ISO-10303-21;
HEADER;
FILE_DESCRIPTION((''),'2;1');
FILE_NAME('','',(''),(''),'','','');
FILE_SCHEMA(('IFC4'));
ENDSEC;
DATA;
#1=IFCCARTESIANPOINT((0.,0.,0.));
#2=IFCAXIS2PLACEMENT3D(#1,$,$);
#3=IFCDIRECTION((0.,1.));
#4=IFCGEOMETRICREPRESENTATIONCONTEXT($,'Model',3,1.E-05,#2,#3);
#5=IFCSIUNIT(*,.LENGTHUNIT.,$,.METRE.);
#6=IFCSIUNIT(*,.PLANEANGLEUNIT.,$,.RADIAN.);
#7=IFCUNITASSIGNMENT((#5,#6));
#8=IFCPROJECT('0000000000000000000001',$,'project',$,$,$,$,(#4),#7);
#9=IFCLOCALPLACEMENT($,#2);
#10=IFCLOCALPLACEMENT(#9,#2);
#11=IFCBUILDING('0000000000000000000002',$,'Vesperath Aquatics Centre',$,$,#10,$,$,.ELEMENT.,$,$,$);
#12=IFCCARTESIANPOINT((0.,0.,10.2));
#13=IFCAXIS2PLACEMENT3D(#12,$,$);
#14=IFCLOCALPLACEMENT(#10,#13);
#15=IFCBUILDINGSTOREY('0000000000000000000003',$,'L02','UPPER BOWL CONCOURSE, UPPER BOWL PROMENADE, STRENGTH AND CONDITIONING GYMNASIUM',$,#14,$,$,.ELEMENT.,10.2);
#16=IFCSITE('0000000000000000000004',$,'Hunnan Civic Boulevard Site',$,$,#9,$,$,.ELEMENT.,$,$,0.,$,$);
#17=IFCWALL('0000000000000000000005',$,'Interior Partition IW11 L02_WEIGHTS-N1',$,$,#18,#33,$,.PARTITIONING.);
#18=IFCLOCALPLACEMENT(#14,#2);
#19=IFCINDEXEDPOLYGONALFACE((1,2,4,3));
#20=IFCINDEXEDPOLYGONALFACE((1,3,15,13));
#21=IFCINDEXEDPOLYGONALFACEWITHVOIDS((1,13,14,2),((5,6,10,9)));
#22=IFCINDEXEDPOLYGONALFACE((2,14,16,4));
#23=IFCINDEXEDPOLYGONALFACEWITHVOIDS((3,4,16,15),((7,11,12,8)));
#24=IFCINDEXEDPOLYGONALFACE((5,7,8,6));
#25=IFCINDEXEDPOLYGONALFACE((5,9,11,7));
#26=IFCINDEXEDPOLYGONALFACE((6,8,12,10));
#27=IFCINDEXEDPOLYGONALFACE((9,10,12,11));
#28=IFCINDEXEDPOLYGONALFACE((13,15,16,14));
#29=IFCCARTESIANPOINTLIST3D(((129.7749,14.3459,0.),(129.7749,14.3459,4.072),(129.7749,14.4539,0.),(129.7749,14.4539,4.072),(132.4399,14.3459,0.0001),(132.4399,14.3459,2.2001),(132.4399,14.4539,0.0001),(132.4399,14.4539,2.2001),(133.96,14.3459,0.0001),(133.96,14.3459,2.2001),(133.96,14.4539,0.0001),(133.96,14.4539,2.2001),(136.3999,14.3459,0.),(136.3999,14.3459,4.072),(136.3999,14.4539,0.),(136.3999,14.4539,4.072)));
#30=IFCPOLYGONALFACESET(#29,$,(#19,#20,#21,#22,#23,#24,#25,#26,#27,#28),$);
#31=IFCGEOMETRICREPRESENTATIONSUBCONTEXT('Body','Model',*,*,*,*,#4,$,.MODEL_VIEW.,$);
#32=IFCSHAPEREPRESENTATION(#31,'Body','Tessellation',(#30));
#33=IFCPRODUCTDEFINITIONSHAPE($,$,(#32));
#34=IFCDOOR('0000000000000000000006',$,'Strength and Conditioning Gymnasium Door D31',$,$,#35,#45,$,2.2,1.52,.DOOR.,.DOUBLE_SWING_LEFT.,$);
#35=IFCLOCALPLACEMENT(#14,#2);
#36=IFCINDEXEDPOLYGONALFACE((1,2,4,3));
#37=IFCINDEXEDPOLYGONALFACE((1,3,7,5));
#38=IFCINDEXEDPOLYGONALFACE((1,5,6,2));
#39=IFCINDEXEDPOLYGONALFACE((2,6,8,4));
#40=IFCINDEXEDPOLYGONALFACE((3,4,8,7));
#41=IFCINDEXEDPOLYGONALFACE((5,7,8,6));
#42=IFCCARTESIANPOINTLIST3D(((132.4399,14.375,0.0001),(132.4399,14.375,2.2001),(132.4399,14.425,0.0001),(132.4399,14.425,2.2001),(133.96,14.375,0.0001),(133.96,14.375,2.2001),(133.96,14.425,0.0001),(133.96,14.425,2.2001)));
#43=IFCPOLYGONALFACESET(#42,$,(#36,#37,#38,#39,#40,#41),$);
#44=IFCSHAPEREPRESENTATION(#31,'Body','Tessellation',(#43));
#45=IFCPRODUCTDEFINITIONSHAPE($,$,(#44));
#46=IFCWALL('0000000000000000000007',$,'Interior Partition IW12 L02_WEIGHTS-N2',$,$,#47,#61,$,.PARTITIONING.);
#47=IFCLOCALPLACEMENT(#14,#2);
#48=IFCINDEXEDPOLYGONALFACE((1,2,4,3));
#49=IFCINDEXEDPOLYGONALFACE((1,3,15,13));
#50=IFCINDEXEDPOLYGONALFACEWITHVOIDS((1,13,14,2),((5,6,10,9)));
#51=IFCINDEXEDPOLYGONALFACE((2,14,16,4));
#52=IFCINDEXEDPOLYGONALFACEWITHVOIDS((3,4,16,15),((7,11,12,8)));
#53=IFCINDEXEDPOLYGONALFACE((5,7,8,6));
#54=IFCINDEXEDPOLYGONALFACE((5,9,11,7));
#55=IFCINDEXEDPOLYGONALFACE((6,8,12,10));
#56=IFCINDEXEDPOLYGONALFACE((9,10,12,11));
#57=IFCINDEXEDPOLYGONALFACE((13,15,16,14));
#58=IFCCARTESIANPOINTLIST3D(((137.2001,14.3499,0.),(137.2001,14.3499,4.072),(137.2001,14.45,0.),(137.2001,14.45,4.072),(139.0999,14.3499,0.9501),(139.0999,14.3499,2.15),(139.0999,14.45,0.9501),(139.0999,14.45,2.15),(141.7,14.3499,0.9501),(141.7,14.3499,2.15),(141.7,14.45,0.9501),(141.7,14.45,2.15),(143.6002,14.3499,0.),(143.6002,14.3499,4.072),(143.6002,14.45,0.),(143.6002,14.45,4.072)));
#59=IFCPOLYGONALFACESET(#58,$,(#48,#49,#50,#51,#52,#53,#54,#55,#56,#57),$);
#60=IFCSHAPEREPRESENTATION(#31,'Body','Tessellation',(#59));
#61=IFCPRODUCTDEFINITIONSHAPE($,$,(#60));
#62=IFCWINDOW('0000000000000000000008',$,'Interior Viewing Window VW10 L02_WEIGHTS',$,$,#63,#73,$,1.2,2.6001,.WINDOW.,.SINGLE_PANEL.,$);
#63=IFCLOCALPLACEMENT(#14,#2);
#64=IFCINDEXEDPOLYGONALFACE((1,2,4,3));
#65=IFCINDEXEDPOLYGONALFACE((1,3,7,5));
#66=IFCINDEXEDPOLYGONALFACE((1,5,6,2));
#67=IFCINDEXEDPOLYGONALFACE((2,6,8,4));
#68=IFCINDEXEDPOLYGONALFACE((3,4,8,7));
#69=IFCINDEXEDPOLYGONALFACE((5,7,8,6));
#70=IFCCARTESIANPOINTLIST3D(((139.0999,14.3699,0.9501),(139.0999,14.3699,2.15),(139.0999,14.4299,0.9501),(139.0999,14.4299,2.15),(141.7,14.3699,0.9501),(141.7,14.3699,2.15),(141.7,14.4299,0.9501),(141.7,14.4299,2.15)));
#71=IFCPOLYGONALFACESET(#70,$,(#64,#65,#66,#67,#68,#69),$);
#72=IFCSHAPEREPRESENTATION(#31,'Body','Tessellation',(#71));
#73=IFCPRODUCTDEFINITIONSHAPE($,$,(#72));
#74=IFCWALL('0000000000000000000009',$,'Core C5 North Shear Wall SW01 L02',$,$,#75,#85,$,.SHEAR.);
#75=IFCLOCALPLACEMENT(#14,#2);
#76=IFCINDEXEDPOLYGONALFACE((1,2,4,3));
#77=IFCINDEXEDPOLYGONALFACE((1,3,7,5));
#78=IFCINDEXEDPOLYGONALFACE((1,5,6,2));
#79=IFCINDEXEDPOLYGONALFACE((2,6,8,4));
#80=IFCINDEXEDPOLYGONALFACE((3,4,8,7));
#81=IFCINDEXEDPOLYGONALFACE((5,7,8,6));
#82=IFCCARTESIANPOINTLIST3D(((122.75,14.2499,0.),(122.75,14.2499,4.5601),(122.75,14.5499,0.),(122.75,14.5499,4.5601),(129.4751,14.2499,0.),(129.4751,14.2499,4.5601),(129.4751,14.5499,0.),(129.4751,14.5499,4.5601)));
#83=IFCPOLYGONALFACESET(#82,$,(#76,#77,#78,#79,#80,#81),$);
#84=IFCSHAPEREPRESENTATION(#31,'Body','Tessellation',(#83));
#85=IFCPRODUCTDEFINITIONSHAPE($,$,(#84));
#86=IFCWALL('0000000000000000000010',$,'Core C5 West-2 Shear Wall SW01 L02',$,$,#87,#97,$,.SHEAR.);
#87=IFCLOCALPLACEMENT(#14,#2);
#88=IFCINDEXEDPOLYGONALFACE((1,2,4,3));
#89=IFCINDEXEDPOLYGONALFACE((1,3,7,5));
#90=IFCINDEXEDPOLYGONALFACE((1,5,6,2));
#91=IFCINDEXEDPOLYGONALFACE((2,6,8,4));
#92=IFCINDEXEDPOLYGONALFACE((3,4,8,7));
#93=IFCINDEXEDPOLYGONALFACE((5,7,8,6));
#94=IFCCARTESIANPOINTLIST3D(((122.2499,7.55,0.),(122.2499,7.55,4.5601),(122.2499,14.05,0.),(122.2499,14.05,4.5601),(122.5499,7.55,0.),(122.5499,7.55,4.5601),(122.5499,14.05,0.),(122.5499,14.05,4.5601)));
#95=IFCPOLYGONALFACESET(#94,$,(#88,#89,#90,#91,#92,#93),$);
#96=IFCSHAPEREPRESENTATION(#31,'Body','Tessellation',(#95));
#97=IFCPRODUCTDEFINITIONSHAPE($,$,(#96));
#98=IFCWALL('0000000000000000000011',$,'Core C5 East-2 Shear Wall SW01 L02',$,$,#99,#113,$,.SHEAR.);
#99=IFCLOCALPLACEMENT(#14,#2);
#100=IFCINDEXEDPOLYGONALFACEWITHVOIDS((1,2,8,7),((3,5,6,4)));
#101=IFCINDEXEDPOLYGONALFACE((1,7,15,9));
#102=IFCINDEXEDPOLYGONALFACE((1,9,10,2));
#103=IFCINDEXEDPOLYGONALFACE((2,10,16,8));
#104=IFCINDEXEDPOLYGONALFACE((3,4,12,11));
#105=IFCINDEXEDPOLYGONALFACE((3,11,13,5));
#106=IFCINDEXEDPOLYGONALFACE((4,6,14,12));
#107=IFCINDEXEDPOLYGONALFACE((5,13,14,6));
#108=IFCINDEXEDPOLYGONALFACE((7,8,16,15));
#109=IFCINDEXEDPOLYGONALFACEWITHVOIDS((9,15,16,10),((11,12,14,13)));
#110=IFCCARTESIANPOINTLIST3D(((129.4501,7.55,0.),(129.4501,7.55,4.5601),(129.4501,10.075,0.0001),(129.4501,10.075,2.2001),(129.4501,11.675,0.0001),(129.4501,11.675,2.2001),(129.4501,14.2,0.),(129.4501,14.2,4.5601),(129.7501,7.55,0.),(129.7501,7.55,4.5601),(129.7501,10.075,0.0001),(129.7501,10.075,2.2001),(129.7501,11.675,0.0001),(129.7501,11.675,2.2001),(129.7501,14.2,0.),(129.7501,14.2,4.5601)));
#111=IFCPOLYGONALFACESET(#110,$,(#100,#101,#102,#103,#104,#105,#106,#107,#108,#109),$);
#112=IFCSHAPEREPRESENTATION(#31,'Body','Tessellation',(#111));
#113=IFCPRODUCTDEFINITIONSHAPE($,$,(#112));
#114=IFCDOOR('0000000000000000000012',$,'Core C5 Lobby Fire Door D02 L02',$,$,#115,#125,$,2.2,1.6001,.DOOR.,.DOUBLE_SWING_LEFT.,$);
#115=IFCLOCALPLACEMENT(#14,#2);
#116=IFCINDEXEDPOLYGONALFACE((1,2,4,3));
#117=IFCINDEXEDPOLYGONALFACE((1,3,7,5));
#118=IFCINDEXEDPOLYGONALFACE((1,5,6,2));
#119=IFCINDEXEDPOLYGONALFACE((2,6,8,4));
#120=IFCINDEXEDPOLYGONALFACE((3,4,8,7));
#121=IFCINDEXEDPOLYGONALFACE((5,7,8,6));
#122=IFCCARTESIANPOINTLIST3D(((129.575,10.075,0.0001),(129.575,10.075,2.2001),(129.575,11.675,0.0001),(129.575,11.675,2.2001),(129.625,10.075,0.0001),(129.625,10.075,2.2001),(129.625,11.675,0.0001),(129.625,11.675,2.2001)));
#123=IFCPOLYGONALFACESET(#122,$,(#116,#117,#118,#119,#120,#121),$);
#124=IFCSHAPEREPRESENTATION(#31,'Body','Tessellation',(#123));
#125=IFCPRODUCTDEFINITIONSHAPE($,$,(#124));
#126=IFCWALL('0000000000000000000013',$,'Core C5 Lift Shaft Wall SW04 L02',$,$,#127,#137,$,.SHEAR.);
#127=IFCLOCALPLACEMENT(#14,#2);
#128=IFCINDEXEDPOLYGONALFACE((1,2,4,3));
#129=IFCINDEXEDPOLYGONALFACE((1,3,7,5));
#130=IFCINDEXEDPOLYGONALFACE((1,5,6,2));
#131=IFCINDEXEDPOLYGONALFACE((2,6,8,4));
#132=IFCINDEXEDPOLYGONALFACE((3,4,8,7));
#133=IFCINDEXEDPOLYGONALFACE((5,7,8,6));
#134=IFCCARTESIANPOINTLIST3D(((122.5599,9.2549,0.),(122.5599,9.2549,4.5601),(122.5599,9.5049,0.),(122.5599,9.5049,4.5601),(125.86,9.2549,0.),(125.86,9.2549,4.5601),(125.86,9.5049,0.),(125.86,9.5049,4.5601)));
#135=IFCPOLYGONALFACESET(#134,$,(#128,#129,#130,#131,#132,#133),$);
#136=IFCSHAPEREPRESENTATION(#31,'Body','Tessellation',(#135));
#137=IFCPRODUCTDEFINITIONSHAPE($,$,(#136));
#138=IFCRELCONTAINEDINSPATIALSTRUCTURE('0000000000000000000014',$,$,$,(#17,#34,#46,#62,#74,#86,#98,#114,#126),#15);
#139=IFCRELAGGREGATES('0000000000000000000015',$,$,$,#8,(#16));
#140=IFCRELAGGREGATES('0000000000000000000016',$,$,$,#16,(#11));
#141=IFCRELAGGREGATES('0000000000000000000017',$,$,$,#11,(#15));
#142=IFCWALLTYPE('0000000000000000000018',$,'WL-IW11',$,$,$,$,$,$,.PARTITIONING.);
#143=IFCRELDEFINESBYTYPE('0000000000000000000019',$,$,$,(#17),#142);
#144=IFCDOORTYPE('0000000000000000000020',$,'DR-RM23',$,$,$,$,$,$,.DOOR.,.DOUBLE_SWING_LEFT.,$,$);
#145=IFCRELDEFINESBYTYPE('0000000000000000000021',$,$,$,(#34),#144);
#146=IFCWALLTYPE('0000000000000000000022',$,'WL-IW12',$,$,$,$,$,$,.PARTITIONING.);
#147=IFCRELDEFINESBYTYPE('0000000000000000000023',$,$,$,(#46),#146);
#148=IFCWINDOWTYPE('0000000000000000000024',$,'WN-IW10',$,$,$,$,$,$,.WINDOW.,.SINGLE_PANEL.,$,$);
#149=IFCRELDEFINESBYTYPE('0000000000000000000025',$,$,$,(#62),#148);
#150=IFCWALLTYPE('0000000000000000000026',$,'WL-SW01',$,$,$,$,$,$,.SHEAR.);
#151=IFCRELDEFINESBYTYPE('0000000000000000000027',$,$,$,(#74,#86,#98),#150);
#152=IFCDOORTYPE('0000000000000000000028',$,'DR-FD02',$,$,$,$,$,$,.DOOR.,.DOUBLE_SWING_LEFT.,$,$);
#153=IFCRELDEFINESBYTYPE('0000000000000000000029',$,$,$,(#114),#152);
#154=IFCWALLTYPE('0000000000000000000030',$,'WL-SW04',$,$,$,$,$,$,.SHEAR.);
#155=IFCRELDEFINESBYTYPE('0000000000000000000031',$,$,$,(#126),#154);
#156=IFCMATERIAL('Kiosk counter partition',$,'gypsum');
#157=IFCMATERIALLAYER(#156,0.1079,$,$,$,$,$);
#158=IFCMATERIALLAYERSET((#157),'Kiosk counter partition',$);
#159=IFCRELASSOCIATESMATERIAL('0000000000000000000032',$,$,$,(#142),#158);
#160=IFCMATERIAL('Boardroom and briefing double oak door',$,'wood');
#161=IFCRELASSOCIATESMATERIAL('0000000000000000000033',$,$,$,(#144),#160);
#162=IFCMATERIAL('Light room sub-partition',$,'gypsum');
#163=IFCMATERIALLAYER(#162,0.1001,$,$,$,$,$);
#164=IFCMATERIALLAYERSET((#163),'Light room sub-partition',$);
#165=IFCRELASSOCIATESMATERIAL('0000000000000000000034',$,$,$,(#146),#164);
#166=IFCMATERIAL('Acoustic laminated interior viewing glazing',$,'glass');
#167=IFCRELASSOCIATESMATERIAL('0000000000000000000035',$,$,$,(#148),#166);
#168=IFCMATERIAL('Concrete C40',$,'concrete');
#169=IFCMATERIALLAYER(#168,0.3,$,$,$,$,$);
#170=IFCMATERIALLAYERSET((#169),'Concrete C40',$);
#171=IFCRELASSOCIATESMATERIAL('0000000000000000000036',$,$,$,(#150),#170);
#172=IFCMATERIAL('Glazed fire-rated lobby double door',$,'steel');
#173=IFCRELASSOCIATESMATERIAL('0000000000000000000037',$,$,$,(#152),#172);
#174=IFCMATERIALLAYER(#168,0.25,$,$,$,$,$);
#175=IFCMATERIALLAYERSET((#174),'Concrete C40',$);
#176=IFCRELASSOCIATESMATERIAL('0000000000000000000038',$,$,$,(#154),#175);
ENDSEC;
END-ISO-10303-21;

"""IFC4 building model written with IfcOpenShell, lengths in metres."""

from ifc_helpers import new_model, si_unit, direction, frame, frame_2d, origin, place, context, subcontext, project, spatial, rectangle, extrude, material, layer, layer_set, type_object, element, fill, save


model = new_model("IFC4")

# Units and contexts
model_context = context("Model", 3, precision=1e-05, world=origin(), true_north=direction((0.0, 1.0)))
body_context = subcontext(model_context, "Body", "Model", "MODEL_VIEW")
ifc_project = project(units=[si_unit("LENGTHUNIT", "METRE"), si_unit("PLANEANGLEUNIT", "RADIAN")], contexts=[model_context])

# Site, building, storey
site_placement = place(None, origin())
site = spatial("IfcSite", under=ifc_project, at=site_placement, Name="Hunnan Civic Boulevard Site", CompositionType="ELEMENT", RefElevation=0.0)
building_placement = place(site_placement, origin())
building = spatial("IfcBuilding", under=site, at=building_placement, Name="Vesperath Aquatics Centre", CompositionType="ELEMENT")
storey_placement = place(building_placement, frame((0.0, 0.0, 10.2)))
storey = spatial("IfcBuildingStorey", under=building, at=storey_placement, Name="L02", Description="UPPER BOWL CONCOURSE, UPPER BOWL PROMENADE, STRENGTH AND CONDITIONING GYMNASIUM", CompositionType="ELEMENT", Elevation=10.2)

# Shared definitions
ifc_material_1 = material(Name="Concrete C40", Category="concrete")

# Wall, opening, door
ifc_material_2 = material(Name="Kiosk counter partition", Category="gypsum")
ifc_layer_1 = layer(ifc_material_2, 0.1079)
ifc_layer_set_1 = layer_set([ifc_layer_1], Name="Kiosk counter partition")
wall_type_1 = type_object("IfcWallType", Name="WL-IW11", PredefinedType="PARTITIONING", material=ifc_layer_set_1)
wall_1_placement = place(storey_placement, frame((129.7749, 14.3999, 0.0), z_axis=(0.0, 0.0, 1.0), x_axis=(1.0, 0.0, 0.0)))
wall_1 = element("IfcWall", 1, at=wall_1_placement, inside=storey, type_object=wall_type_1, Name="Interior Partition IW11 L02_WEIGHTS-N1", PredefinedType="PARTITIONING", context=body_context, shape_type="SweptSolid", body=[
    extrude(rectangle(XDim=6.625, YDim=0.1079, at=frame_2d((3.3125, 0.0))), origin(), (0.0, 0.0, 1.0), 4.072),
])
opening_1_placement = place(wall_1_placement, frame((2.665, 0.0, 0.0)))
opening_1 = element("IfcOpeningElement", 2, at=opening_1_placement, cuts=wall_1, PredefinedType="OPENING", context=body_context, shape_type="SweptSolid", body=[
    extrude(rectangle(XDim=1.52, YDim=2.2, at=frame_2d((0.76, 1.1001))), frame((0.0, 0.0688, 0.0), z_axis=(0.0, -1.0, 0.0), x_axis=(1.0, 0.0, 0.0)), (0.0, 0.0, 1.0), 0.1377),
])
ifc_material_3 = material(Name="Boardroom and briefing double oak door", Category="wood")
door_type_1 = type_object("IfcDoorType", Name="DR-RM23", OperationType="DOUBLE_SWING_LEFT", PredefinedType="DOOR", material=ifc_material_3)
door_1_placement = place(opening_1_placement, frame((1.52, 0.0, 0.0), z_axis=(0.0, 0.0, 1.0), x_axis=(-1.0, 0.0, 0.0)))
door_1 = element("IfcDoor", 3, at=door_1_placement, inside=storey, type_object=door_type_1, Name="Strength and Conditioning Gymnasium Door D31", OperationType="DOUBLE_SWING_LEFT", OverallHeight=2.2, OverallWidth=1.52, PredefinedType="DOOR", context=body_context, shape_type="SweptSolid", body=[
    extrude(rectangle(XDim=1.52, YDim=2.2, at=frame_2d((0.76, 1.1001))), frame((0.0, 0.0249, 0.0), z_axis=(0.0, -1.0, 0.0), x_axis=(1.0, 0.0, 0.0)), (0.0, 0.0, 1.0), 0.05),
])
fill(opening_1, door_1)

# Wall, opening, window
ifc_material_4 = material(Name="Light room sub-partition", Category="gypsum")
ifc_layer_2 = layer(ifc_material_4, 0.1001)
ifc_layer_set_2 = layer_set([ifc_layer_2], Name="Light room sub-partition")
wall_type_2 = type_object("IfcWallType", Name="WL-IW12", PredefinedType="PARTITIONING", material=ifc_layer_set_2)
wall_2_placement = place(storey_placement, frame((137.2, 14.3999, 0.0), z_axis=(0.0, 0.0, 1.0), x_axis=(1.0, 0.0, 0.0)))
wall_2 = element("IfcWall", 4, at=wall_2_placement, inside=storey, type_object=wall_type_2, Name="Interior Partition IW12 L02_WEIGHTS-N2", PredefinedType="PARTITIONING", context=body_context, shape_type="SweptSolid", body=[
    extrude(rectangle(XDim=6.4001, YDim=0.1001, at=frame_2d((3.2002, 0.0))), origin(), (0.0, 0.0, 1.0), 4.072),
])
opening_2_placement = place(wall_2_placement, frame((1.8999, 0.0, 0.95)))
opening_2 = element("IfcOpeningElement", 5, at=opening_2_placement, cuts=wall_2, PredefinedType="OPENING", context=body_context, shape_type="SweptSolid", body=[
    extrude(rectangle(XDim=2.6001, YDim=1.2, at=frame_2d((1.3, 0.6001))), frame((0.0, 0.0649, 0.0), z_axis=(0.0, -1.0, 0.0), x_axis=(1.0, 0.0, 0.0)), (0.0, 0.0, 1.0), 0.1299),
])
ifc_material_5 = material(Name="Acoustic laminated interior viewing glazing", Category="glass")
window_type = type_object("IfcWindowType", Name="WN-IW10", PartitioningType="SINGLE_PANEL", PredefinedType="WINDOW", material=ifc_material_5)
window_placement = place(opening_2_placement, origin())
window = element("IfcWindow", 6, at=window_placement, inside=storey, type_object=window_type, Name="Interior Viewing Window VW10 L02_WEIGHTS", OverallHeight=1.2, OverallWidth=2.6001, PartitioningType="SINGLE_PANEL", PredefinedType="WINDOW", context=body_context, shape_type="SweptSolid", body=[
    extrude(rectangle(XDim=2.6001, YDim=1.2, at=frame_2d((1.3, 0.6001))), frame((0.0, 0.03, 0.0), z_axis=(0.0, -1.0, 0.0), x_axis=(1.0, 0.0, 0.0)), (0.0, 0.0, 1.0), 0.0601),
])
fill(opening_2, window)

# Walls
ifc_layer_3 = layer(ifc_material_1, 0.3)
ifc_layer_set_3 = layer_set([ifc_layer_3], Name="Concrete C40")
wall_type_3 = type_object("IfcWallType", Name="WL-SW01", PredefinedType="SHEAR", material=ifc_layer_set_3)
wall_3_placement = place(storey_placement, frame((122.75, 14.3999, 0.0), z_axis=(0.0, 0.0, 1.0), x_axis=(1.0, 0.0, 0.0)))
element("IfcWall", 7, at=wall_3_placement, inside=storey, type_object=wall_type_3, Name="Core C5 North Shear Wall SW01 L02", PredefinedType="SHEAR", context=body_context, shape_type="SweptSolid", body=[
    extrude(rectangle(XDim=6.7251, YDim=0.3, at=frame_2d((3.3625, 0.0))), origin(), (0.0, 0.0, 1.0), 4.5601),
])
wall_4_placement = place(storey_placement, frame((122.3999, 7.55, 0.0), z_axis=(0.0, 0.0, 1.0), x_axis=(0.0, 1.0, 0.0)))
element("IfcWall", 8, at=wall_4_placement, inside=storey, type_object=wall_type_3, Name="Core C5 West-2 Shear Wall SW01 L02", PredefinedType="SHEAR", context=body_context, shape_type="SweptSolid", body=[
    extrude(rectangle(XDim=6.5, YDim=0.3, at=frame_2d((3.25, 0.0))), origin(), (0.0, 0.0, 1.0), 4.5601),
])

# Wall, opening, door
wall_5_placement = place(storey_placement, frame((129.6001, 7.55, 0.0), z_axis=(0.0, 0.0, 1.0), x_axis=(0.0, 1.0, 0.0)))
wall_5 = element("IfcWall", 9, at=wall_5_placement, inside=storey, type_object=wall_type_3, Name="Core C5 East-2 Shear Wall SW01 L02", PredefinedType="SHEAR", context=body_context, shape_type="SweptSolid", body=[
    extrude(rectangle(XDim=6.6499, YDim=0.3, at=frame_2d((3.325, 0.0))), origin(), (0.0, 0.0, 1.0), 4.5601),
])
opening_3_placement = place(wall_5_placement, frame((2.5249, 0.0, 0.0)))
opening_3 = element("IfcOpeningElement", 10, at=opening_3_placement, cuts=wall_5, PredefinedType="OPENING", context=body_context, shape_type="SweptSolid", body=[
    extrude(rectangle(XDim=1.6001, YDim=2.2, at=frame_2d((0.8, 1.1001))), frame((0.0, 0.165, 0.0), z_axis=(0.0, -1.0, 0.0), x_axis=(1.0, 0.0, 0.0)), (0.0, 0.0, 1.0), 0.3298),
])
ifc_material_6 = material(Name="Glazed fire-rated lobby double door", Category="steel")
door_type_2 = type_object("IfcDoorType", Name="DR-FD02", OperationType="DOUBLE_SWING_LEFT", PredefinedType="DOOR", material=ifc_material_6)
door_2_placement = place(opening_3_placement, frame((1.6001, 0.0, 0.0), z_axis=(0.0, 0.0, 1.0), x_axis=(-1.0, 0.0, 0.0)))
door_2 = element("IfcDoor", 11, at=door_2_placement, inside=storey, type_object=door_type_2, Name="Core C5 Lobby Fire Door D02 L02", OperationType="DOUBLE_SWING_LEFT", OverallHeight=2.2, OverallWidth=1.6001, PredefinedType="DOOR", context=body_context, shape_type="SweptSolid", body=[
    extrude(rectangle(XDim=1.6001, YDim=2.2, at=frame_2d((0.8, 1.1001))), frame((0.0, 0.0249, 0.0), z_axis=(0.0, -1.0, 0.0), x_axis=(1.0, 0.0, 0.0)), (0.0, 0.0, 1.0), 0.05),
])
fill(opening_3, door_2)

# Wall
ifc_layer_4 = layer(ifc_material_1, 0.25)
ifc_layer_set_4 = layer_set([ifc_layer_4], Name="Concrete C40")
wall_type_4 = type_object("IfcWallType", Name="WL-SW04", PredefinedType="SHEAR", material=ifc_layer_set_4)
wall_6_placement = place(storey_placement, frame((122.5601, 9.3799, 0.0), z_axis=(0.0, 0.0, 1.0), x_axis=(1.0, 0.0, 0.0)))
element("IfcWall", 12, at=wall_6_placement, inside=storey, type_object=wall_type_4, Name="Core C5 Lift Shaft Wall SW04 L02", PredefinedType="SHEAR", context=body_context, shape_type="SweptSolid", body=[
    extrude(rectangle(XDim=3.3, YDim=0.25, at=frame_2d((1.6499, 0.0))), origin(), (0.0, 0.0, 1.0), 4.5601),
])

save(model, "model.ifc")
